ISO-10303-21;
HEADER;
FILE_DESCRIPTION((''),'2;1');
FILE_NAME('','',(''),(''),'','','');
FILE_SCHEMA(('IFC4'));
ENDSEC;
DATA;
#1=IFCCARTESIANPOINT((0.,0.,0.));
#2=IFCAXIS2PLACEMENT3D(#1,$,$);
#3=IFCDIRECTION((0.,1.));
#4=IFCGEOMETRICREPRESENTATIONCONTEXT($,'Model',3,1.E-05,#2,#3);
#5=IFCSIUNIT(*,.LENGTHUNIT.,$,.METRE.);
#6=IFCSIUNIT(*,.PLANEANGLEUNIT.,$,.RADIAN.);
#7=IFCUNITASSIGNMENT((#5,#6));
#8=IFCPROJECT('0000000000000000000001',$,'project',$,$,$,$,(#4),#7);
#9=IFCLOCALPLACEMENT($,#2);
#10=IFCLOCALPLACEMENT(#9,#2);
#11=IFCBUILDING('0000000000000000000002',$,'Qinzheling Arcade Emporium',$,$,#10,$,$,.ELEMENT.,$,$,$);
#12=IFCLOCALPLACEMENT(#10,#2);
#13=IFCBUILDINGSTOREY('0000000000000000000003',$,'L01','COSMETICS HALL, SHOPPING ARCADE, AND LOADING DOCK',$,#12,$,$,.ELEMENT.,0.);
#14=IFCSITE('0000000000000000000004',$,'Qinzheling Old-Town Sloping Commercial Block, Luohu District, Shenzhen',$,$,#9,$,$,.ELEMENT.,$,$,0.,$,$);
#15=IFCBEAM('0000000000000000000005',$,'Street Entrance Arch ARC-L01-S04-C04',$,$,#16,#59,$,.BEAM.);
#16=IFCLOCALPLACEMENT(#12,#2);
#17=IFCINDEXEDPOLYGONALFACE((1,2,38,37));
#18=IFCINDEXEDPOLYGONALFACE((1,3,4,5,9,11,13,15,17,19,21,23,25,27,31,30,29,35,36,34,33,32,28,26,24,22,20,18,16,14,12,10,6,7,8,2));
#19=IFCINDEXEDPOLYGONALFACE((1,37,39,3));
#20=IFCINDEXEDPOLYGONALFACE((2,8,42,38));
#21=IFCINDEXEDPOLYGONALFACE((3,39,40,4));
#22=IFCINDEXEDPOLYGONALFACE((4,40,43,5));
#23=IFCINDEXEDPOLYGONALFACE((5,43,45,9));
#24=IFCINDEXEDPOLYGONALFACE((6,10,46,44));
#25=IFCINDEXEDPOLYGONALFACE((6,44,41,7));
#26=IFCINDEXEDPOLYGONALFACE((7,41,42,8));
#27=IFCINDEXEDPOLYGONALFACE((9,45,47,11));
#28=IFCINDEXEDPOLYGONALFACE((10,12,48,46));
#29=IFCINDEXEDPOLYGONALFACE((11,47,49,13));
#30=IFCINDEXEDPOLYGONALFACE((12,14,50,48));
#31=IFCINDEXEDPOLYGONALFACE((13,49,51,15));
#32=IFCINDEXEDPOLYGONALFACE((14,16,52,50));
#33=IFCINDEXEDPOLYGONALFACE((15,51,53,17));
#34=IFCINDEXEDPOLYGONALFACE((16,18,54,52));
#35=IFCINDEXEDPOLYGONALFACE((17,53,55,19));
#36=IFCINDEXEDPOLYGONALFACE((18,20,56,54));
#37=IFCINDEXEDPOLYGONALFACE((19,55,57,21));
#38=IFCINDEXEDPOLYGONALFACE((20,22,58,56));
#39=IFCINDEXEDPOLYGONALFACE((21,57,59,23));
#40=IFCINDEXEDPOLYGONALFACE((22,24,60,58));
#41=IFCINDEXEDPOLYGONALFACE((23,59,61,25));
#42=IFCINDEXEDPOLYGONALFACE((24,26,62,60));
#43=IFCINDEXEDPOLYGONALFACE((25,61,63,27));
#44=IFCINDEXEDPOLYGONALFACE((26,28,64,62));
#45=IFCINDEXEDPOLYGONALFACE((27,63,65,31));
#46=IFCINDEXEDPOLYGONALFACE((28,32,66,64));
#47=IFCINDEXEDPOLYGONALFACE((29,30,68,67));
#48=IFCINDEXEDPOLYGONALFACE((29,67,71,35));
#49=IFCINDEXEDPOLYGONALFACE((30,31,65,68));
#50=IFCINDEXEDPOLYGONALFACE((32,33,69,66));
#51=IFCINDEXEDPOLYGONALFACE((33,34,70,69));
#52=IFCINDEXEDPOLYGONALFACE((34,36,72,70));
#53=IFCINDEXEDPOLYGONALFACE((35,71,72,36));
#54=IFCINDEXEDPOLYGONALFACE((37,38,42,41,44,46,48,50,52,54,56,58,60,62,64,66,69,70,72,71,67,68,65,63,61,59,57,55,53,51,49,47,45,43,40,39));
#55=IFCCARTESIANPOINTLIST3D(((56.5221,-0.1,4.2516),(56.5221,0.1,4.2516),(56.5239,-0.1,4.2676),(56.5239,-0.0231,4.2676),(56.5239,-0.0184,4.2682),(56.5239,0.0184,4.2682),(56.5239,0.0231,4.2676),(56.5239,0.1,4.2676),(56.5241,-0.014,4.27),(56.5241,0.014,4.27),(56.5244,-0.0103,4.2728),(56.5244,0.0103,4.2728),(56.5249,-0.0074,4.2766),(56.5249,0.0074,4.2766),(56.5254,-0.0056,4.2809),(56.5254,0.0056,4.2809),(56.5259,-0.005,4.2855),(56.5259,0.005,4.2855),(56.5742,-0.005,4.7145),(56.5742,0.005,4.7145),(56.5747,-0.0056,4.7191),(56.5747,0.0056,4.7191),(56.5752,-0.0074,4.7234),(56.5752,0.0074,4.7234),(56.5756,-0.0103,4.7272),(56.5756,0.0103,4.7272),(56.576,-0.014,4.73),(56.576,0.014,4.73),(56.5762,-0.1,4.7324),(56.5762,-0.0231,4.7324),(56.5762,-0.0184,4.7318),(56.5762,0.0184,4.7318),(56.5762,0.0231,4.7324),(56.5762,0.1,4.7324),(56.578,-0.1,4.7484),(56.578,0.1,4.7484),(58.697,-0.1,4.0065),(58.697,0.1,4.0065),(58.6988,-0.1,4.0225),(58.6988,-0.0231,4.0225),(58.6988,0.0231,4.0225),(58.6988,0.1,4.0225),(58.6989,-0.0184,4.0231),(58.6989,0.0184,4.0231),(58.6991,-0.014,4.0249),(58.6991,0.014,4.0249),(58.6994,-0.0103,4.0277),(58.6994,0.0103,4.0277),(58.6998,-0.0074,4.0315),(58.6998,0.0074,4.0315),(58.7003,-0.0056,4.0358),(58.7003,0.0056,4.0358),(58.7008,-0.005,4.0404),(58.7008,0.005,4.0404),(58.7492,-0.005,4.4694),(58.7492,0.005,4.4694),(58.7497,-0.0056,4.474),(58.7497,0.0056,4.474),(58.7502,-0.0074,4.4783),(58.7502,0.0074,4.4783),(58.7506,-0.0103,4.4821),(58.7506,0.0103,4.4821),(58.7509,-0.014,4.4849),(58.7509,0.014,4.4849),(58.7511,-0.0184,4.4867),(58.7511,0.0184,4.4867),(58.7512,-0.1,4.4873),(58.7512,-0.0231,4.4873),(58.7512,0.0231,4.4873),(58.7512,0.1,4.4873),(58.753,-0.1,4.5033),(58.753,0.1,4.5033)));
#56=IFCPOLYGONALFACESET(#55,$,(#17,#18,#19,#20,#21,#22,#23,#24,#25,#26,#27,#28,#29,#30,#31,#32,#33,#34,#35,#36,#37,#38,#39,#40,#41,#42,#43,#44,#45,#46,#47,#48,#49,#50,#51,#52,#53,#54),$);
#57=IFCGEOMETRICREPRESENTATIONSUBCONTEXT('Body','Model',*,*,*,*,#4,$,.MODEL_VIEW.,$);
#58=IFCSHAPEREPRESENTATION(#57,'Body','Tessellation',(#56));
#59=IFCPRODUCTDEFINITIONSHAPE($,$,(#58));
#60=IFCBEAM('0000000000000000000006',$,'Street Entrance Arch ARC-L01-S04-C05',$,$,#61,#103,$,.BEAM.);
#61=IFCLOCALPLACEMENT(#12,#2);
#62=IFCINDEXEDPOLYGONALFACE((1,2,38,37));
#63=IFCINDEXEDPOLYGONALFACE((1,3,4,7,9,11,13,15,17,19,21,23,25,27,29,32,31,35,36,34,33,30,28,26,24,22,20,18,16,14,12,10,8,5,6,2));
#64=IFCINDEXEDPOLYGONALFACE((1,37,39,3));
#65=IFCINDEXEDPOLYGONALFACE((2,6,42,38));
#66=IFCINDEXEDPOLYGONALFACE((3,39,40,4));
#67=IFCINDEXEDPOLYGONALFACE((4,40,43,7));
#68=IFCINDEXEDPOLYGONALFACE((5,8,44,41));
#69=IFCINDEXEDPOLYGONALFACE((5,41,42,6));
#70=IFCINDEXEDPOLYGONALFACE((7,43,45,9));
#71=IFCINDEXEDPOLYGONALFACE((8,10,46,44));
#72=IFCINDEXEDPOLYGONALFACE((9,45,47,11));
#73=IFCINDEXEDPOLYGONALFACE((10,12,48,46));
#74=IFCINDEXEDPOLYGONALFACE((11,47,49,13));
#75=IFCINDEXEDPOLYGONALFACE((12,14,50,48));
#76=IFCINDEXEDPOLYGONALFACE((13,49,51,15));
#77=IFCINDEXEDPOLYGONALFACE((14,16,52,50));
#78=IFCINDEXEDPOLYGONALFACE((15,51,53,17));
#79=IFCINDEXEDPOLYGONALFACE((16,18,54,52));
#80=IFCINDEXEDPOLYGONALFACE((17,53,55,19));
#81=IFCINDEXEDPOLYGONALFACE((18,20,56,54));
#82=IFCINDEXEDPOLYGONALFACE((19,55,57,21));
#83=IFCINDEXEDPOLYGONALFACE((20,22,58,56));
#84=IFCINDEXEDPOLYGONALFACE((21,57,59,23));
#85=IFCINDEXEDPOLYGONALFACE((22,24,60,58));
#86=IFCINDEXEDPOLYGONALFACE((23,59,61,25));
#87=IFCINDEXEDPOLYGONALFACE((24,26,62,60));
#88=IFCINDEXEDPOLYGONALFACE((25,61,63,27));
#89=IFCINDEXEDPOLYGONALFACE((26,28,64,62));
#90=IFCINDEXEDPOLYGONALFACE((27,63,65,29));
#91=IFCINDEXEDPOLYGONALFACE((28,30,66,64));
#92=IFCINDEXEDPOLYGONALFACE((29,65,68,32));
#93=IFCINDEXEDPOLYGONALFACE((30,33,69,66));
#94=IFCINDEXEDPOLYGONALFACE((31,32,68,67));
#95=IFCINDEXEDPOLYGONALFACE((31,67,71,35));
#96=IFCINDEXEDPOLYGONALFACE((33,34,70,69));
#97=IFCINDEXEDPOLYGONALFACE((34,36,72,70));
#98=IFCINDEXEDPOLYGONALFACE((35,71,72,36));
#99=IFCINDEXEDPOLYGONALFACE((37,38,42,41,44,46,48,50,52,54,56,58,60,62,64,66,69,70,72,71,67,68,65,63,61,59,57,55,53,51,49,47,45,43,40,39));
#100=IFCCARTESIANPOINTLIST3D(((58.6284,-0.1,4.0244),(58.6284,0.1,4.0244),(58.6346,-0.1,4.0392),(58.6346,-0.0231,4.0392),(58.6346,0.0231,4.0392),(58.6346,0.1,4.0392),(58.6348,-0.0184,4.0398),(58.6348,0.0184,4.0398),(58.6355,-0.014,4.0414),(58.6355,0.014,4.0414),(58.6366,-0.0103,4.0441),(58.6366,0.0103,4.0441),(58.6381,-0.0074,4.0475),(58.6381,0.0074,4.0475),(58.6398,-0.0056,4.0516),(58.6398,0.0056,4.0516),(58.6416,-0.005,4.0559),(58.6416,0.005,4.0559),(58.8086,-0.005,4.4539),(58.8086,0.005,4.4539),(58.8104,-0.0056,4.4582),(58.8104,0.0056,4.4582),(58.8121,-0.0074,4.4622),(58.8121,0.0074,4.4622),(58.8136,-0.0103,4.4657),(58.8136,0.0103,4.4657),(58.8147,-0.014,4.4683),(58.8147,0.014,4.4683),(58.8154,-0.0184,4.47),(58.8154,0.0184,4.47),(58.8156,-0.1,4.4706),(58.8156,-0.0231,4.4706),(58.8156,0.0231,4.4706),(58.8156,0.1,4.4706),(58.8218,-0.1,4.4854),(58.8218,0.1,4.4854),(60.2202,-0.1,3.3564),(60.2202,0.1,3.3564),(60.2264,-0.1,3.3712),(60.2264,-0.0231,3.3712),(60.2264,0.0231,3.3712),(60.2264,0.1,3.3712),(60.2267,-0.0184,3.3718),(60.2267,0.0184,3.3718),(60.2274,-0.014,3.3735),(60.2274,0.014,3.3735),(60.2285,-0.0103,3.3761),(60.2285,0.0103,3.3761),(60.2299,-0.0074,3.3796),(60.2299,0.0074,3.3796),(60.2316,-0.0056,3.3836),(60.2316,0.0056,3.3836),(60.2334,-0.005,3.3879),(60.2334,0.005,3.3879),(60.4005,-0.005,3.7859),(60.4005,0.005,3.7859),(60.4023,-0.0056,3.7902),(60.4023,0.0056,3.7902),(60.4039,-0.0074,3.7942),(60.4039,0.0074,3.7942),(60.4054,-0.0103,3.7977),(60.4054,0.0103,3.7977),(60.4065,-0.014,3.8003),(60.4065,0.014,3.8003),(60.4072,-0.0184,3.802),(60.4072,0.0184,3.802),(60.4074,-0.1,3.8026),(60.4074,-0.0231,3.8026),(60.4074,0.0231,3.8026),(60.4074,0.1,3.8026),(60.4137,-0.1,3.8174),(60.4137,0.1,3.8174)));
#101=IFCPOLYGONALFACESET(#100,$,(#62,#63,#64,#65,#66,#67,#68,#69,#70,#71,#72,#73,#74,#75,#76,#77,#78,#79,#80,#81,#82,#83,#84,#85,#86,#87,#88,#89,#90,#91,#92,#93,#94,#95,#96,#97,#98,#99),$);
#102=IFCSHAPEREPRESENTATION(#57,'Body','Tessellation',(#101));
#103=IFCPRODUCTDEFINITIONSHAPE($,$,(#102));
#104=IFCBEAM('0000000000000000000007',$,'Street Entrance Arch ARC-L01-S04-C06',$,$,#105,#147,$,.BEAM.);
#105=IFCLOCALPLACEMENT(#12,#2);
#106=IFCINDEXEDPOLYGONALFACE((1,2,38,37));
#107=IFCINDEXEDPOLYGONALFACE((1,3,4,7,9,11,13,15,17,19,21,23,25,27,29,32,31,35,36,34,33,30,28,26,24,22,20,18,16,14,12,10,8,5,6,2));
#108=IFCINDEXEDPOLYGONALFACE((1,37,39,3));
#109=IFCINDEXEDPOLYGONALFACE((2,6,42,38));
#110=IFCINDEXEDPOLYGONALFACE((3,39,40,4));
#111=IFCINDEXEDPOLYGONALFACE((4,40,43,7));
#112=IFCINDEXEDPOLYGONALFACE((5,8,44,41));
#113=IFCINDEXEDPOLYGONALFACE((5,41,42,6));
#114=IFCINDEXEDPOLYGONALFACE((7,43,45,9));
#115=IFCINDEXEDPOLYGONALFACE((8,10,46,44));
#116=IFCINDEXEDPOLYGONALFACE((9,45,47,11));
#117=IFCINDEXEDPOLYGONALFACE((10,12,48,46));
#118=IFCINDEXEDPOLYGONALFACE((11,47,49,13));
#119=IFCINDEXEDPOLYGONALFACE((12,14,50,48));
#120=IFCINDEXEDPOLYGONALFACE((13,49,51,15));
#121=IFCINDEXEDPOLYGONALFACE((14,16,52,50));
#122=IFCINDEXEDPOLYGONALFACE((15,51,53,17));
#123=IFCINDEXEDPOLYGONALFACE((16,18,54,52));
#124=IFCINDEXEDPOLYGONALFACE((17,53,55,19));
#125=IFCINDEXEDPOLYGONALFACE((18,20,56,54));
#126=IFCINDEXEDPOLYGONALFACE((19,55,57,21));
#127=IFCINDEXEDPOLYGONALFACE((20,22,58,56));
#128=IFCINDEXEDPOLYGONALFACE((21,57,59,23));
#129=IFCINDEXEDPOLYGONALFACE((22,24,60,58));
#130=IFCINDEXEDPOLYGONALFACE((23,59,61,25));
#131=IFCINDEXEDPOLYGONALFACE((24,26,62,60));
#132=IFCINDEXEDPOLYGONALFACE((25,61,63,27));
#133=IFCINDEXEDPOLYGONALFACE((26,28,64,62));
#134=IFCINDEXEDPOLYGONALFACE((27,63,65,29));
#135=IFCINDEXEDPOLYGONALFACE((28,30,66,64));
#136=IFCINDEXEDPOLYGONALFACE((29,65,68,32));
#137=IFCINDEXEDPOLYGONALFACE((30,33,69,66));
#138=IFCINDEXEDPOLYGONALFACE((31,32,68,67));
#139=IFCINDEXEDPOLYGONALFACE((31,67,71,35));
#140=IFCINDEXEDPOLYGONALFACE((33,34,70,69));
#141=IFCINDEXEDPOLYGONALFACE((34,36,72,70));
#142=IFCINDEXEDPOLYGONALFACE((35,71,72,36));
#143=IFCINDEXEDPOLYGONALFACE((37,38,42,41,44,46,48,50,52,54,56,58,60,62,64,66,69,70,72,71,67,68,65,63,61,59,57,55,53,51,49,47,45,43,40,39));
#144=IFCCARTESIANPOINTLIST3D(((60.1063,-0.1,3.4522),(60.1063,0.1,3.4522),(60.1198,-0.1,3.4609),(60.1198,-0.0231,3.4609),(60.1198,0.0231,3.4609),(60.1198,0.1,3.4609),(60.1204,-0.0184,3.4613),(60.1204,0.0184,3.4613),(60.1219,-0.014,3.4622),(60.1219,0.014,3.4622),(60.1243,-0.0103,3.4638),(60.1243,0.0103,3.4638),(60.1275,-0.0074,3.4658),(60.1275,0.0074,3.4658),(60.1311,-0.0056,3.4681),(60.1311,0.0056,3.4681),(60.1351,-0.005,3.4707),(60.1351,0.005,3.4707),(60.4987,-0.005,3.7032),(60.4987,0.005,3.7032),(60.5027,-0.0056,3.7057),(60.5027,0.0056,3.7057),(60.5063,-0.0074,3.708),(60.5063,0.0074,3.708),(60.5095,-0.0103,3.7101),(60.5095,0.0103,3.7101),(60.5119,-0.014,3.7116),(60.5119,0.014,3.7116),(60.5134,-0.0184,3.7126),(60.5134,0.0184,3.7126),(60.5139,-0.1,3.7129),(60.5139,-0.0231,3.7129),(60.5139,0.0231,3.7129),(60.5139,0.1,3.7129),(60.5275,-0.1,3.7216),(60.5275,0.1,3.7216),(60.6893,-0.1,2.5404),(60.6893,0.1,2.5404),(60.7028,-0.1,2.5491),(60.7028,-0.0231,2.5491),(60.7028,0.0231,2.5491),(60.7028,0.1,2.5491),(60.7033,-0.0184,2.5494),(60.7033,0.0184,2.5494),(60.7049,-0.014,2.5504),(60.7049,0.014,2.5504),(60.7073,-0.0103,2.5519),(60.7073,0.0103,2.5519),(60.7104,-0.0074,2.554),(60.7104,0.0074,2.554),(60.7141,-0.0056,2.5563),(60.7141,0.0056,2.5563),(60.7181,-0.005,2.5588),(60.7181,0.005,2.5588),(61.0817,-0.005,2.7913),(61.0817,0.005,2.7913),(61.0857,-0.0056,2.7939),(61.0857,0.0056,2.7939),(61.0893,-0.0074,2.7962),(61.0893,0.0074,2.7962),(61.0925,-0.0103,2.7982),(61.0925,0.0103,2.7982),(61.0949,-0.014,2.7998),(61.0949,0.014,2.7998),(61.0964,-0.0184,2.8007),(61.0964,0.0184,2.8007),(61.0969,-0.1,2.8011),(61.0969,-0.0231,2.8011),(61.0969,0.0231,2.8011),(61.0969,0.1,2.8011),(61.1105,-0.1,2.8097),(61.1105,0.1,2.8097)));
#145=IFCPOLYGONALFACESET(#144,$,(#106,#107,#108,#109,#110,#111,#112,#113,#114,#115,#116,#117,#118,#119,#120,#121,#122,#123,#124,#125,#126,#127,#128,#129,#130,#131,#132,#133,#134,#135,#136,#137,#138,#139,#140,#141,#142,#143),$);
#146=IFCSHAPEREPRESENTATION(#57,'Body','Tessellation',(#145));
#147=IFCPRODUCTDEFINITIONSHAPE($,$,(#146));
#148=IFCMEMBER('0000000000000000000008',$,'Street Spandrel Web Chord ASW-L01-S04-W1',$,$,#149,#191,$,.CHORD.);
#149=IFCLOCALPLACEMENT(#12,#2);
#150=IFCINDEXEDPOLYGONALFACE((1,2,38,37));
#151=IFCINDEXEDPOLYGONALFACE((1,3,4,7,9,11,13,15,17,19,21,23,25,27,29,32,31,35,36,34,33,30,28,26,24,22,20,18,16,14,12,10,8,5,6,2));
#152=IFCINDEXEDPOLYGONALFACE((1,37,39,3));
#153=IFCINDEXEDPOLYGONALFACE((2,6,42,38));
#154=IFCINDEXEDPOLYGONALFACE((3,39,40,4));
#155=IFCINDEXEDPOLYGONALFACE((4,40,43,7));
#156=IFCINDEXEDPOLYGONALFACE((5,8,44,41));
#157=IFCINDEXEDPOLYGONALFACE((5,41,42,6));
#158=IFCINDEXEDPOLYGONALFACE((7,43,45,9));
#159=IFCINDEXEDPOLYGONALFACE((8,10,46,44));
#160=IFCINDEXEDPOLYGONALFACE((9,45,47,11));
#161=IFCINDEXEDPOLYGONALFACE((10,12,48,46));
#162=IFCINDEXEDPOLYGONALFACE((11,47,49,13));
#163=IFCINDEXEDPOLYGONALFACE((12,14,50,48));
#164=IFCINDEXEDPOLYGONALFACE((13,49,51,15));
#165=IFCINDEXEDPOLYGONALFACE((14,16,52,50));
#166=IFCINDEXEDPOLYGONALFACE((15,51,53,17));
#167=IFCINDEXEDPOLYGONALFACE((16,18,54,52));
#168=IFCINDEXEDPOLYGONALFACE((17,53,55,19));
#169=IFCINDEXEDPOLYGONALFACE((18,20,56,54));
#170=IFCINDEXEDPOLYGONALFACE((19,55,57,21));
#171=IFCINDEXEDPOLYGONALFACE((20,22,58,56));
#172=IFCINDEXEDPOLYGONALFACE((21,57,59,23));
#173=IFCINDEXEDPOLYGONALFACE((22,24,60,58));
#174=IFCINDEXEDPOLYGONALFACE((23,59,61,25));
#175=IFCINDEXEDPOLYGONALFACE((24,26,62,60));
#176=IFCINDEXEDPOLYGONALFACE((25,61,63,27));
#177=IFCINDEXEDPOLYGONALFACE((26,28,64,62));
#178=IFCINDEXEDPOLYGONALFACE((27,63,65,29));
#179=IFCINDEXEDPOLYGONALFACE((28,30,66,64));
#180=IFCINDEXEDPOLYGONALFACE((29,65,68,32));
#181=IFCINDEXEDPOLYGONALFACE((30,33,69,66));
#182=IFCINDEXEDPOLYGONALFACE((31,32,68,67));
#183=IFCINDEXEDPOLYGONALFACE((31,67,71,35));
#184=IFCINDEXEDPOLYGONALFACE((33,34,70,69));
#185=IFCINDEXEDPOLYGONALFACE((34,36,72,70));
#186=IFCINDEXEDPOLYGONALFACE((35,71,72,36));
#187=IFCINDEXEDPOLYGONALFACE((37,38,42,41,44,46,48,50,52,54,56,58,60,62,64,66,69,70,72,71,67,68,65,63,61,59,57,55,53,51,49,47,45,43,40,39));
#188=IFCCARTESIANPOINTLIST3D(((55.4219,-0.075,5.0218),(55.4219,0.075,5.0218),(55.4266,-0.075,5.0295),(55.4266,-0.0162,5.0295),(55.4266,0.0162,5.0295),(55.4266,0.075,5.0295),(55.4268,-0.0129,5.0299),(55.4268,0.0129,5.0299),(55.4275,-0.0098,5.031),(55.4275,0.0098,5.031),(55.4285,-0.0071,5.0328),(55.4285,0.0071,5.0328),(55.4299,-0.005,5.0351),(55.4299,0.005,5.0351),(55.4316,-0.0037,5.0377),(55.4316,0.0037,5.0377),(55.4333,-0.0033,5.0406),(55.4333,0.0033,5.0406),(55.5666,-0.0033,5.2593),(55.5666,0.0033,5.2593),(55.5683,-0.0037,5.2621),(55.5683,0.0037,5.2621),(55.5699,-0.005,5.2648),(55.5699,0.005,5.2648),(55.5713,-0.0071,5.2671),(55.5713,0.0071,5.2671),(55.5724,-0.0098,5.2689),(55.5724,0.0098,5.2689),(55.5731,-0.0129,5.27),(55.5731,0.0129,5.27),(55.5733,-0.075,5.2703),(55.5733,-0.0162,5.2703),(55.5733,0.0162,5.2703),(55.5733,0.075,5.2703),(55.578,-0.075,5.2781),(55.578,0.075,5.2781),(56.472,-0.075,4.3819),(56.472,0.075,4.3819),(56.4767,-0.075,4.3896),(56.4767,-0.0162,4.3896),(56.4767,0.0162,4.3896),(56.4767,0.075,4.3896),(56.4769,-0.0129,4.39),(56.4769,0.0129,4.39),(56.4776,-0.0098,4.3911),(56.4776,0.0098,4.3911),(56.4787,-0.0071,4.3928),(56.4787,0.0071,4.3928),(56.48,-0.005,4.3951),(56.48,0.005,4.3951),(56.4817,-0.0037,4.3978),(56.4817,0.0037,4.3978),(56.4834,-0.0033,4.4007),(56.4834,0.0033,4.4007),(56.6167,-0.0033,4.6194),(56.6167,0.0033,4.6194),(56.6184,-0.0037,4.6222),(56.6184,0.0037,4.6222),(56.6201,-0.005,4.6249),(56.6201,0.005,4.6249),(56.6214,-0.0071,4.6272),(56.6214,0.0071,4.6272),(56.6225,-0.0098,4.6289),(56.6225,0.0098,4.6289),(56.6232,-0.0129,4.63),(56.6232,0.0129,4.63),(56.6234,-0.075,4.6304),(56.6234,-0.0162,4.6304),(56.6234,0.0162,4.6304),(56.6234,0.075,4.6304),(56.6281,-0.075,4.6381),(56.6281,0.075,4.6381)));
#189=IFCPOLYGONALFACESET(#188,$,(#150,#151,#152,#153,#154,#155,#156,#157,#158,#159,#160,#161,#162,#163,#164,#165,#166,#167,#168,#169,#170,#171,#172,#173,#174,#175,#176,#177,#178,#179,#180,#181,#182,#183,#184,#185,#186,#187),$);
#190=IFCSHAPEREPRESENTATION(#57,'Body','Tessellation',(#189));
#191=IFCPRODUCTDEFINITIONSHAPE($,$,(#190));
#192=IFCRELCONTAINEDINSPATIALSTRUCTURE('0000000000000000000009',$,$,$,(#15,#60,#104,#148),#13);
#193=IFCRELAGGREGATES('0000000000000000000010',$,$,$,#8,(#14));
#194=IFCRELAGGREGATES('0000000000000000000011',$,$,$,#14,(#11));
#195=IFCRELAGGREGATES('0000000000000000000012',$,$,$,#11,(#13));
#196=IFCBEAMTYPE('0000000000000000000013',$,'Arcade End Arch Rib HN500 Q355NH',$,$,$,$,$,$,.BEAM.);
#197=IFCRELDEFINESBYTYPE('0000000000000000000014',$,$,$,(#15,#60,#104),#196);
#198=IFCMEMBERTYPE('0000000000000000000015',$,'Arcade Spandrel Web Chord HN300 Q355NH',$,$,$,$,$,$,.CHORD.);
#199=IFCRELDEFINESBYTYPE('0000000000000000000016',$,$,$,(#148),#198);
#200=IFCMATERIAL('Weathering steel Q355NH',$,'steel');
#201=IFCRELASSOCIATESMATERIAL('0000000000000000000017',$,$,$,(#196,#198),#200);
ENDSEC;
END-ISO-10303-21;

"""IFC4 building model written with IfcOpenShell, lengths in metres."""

from ifc_helpers import new_model, si_unit, direction, frame, origin, origin_2d, place, context, subcontext, project, spatial, i_section, extrude, material, material_profile, profile_set, type_object, element, save


model = new_model("IFC4")

# Units and contexts
model_context = context("Model", 3, precision=1e-05, world=origin(), true_north=direction((0.0, 1.0)))
body_context = subcontext(model_context, "Body", "Model", "MODEL_VIEW")
ifc_project = project(units=[si_unit("LENGTHUNIT", "METRE"), si_unit("PLANEANGLEUNIT", "RADIAN")], contexts=[model_context])

# Site, building, storey
site_placement = place(None, origin())
site = spatial("IfcSite", under=ifc_project, at=site_placement, Name="Qinzheling Old-Town Sloping Commercial Block, Luohu District, Shenzhen", CompositionType="ELEMENT", RefElevation=0.0)
building_placement = place(site_placement, origin())
building = spatial("IfcBuilding", under=site, at=building_placement, Name="Qinzheling Arcade Emporium", CompositionType="ELEMENT")
storey_placement = place(building_placement, origin())
storey = spatial("IfcBuildingStorey", under=building, at=storey_placement, Name="L01", Description="COSMETICS HALL, SHOPPING ARCADE, AND LOADING DOCK", CompositionType="ELEMENT", Elevation=0.0)

# Beams
ifc_material_1 = material(Name="Weathering steel Q355NH", Category="steel")
ifc_material_profile_1 = material_profile(ifc_material_1, i_section(OverallWidth=0.2, OverallDepth=0.5, WebThickness=0.01, FlangeThickness=0.0161, FilletRadius=0.0181, at=origin_2d()), Name="HN 500x200x10x16", Category="steel")
ifc_profile_set_1 = profile_set([ifc_material_profile_1], Name="Weathering steel Q355NH")
beam_type_1 = type_object("IfcBeamType", Name="Arcade End Arch Rib HN500 Q355NH", PredefinedType="BEAM", material=ifc_profile_set_1)
for number, where, z_axis, x_axis, name in (
    (1, (56.55, 0.0, 4.5), (0.99371, 0.0, -0.111986), (0.0, 1.0, 0.0), "Street Entrance Arch ARC-L01-S04-C04"),
):
    element("IfcBeam", number, at=place(storey_placement, frame(where, z_axis=z_axis, x_axis=x_axis)), inside=storey, type_object=beam_type_1, Name=name, PredefinedType="BEAM", context=body_context, shape_type="SweptSolid", body=[
        extrude(i_section(OverallWidth=0.2, OverallDepth=0.5, WebThickness=0.01, FlangeThickness=0.0161, FilletRadius=0.0181, at=origin_2d()), origin(), (0.0, 0.0, 1.0), 2.1887),
    ])
beam_1_placement = place(storey_placement, frame((58.7251, 0.0, 4.2549), z_axis=(0.922103, 0.0, -0.386944), x_axis=(0.0, 1.0, 0.0)))
element("IfcBeam", 2, at=beam_1_placement, inside=storey, type_object=beam_type_1, Name="Street Entrance Arch ARC-L01-S04-C05", PredefinedType="BEAM", context=body_context, shape_type="SweptSolid", body=[
    extrude(i_section(OverallWidth=0.2, OverallDepth=0.5, WebThickness=0.01, FlangeThickness=0.0161, FilletRadius=0.0181, at=origin_2d()), origin(), (0.0, 0.0, 1.0), 1.7263),
])
beam_2_placement = place(storey_placement, frame((60.3169, 0.0, 3.5869), z_axis=(0.53867, 0.0, -0.842517), x_axis=(0.0, 1.0, 0.0)))
element("IfcBeam", 3, at=beam_2_placement, inside=storey, type_object=beam_type_1, Name="Street Entrance Arch ARC-L01-S04-C06", PredefinedType="BEAM", context=body_context, shape_type="SweptSolid", body=[
    extrude(i_section(OverallWidth=0.2, OverallDepth=0.5, WebThickness=0.01, FlangeThickness=0.0161, FilletRadius=0.0181, at=origin_2d()), origin(), (0.0, 0.0, 1.0), 1.0823),
])

# Member
ifc_material_profile_2 = material_profile(ifc_material_1, i_section(OverallWidth=0.1499, OverallDepth=0.3, WebThickness=0.0066, FlangeThickness=0.009, FilletRadius=0.0129, at=origin_2d()), Name="HN 300x150x6.5x9", Category="steel")
ifc_profile_set_2 = profile_set([ifc_material_profile_2], Name="Weathering steel Q355NH")
member_type = type_object("IfcMemberType", Name="Arcade Spandrel Web Chord HN300 Q355NH", PredefinedType="CHORD", material=ifc_profile_set_2)
for number, where, z_axis, x_axis, name in (
    (4, (56.55, 0.0, 4.51), (-0.853934, 0.0, 0.520381), (0.0, -1.0, 0.0), "Street Spandrel Web Chord ASW-L01-S04-W1"),
):
    element("IfcMember", number, at=place(storey_placement, frame(where, z_axis=z_axis, x_axis=x_axis)), inside=storey, type_object=member_type, Name=name, PredefinedType="CHORD", context=body_context, shape_type="SweptSolid", body=[
        extrude(i_section(OverallWidth=0.1499, OverallDepth=0.3, WebThickness=0.0066, FlangeThickness=0.009, FilletRadius=0.0129, at=origin_2d()), origin(), (0.0, 0.0, 1.0), 1.2297),
    ])

save(model, "model.ifc")
